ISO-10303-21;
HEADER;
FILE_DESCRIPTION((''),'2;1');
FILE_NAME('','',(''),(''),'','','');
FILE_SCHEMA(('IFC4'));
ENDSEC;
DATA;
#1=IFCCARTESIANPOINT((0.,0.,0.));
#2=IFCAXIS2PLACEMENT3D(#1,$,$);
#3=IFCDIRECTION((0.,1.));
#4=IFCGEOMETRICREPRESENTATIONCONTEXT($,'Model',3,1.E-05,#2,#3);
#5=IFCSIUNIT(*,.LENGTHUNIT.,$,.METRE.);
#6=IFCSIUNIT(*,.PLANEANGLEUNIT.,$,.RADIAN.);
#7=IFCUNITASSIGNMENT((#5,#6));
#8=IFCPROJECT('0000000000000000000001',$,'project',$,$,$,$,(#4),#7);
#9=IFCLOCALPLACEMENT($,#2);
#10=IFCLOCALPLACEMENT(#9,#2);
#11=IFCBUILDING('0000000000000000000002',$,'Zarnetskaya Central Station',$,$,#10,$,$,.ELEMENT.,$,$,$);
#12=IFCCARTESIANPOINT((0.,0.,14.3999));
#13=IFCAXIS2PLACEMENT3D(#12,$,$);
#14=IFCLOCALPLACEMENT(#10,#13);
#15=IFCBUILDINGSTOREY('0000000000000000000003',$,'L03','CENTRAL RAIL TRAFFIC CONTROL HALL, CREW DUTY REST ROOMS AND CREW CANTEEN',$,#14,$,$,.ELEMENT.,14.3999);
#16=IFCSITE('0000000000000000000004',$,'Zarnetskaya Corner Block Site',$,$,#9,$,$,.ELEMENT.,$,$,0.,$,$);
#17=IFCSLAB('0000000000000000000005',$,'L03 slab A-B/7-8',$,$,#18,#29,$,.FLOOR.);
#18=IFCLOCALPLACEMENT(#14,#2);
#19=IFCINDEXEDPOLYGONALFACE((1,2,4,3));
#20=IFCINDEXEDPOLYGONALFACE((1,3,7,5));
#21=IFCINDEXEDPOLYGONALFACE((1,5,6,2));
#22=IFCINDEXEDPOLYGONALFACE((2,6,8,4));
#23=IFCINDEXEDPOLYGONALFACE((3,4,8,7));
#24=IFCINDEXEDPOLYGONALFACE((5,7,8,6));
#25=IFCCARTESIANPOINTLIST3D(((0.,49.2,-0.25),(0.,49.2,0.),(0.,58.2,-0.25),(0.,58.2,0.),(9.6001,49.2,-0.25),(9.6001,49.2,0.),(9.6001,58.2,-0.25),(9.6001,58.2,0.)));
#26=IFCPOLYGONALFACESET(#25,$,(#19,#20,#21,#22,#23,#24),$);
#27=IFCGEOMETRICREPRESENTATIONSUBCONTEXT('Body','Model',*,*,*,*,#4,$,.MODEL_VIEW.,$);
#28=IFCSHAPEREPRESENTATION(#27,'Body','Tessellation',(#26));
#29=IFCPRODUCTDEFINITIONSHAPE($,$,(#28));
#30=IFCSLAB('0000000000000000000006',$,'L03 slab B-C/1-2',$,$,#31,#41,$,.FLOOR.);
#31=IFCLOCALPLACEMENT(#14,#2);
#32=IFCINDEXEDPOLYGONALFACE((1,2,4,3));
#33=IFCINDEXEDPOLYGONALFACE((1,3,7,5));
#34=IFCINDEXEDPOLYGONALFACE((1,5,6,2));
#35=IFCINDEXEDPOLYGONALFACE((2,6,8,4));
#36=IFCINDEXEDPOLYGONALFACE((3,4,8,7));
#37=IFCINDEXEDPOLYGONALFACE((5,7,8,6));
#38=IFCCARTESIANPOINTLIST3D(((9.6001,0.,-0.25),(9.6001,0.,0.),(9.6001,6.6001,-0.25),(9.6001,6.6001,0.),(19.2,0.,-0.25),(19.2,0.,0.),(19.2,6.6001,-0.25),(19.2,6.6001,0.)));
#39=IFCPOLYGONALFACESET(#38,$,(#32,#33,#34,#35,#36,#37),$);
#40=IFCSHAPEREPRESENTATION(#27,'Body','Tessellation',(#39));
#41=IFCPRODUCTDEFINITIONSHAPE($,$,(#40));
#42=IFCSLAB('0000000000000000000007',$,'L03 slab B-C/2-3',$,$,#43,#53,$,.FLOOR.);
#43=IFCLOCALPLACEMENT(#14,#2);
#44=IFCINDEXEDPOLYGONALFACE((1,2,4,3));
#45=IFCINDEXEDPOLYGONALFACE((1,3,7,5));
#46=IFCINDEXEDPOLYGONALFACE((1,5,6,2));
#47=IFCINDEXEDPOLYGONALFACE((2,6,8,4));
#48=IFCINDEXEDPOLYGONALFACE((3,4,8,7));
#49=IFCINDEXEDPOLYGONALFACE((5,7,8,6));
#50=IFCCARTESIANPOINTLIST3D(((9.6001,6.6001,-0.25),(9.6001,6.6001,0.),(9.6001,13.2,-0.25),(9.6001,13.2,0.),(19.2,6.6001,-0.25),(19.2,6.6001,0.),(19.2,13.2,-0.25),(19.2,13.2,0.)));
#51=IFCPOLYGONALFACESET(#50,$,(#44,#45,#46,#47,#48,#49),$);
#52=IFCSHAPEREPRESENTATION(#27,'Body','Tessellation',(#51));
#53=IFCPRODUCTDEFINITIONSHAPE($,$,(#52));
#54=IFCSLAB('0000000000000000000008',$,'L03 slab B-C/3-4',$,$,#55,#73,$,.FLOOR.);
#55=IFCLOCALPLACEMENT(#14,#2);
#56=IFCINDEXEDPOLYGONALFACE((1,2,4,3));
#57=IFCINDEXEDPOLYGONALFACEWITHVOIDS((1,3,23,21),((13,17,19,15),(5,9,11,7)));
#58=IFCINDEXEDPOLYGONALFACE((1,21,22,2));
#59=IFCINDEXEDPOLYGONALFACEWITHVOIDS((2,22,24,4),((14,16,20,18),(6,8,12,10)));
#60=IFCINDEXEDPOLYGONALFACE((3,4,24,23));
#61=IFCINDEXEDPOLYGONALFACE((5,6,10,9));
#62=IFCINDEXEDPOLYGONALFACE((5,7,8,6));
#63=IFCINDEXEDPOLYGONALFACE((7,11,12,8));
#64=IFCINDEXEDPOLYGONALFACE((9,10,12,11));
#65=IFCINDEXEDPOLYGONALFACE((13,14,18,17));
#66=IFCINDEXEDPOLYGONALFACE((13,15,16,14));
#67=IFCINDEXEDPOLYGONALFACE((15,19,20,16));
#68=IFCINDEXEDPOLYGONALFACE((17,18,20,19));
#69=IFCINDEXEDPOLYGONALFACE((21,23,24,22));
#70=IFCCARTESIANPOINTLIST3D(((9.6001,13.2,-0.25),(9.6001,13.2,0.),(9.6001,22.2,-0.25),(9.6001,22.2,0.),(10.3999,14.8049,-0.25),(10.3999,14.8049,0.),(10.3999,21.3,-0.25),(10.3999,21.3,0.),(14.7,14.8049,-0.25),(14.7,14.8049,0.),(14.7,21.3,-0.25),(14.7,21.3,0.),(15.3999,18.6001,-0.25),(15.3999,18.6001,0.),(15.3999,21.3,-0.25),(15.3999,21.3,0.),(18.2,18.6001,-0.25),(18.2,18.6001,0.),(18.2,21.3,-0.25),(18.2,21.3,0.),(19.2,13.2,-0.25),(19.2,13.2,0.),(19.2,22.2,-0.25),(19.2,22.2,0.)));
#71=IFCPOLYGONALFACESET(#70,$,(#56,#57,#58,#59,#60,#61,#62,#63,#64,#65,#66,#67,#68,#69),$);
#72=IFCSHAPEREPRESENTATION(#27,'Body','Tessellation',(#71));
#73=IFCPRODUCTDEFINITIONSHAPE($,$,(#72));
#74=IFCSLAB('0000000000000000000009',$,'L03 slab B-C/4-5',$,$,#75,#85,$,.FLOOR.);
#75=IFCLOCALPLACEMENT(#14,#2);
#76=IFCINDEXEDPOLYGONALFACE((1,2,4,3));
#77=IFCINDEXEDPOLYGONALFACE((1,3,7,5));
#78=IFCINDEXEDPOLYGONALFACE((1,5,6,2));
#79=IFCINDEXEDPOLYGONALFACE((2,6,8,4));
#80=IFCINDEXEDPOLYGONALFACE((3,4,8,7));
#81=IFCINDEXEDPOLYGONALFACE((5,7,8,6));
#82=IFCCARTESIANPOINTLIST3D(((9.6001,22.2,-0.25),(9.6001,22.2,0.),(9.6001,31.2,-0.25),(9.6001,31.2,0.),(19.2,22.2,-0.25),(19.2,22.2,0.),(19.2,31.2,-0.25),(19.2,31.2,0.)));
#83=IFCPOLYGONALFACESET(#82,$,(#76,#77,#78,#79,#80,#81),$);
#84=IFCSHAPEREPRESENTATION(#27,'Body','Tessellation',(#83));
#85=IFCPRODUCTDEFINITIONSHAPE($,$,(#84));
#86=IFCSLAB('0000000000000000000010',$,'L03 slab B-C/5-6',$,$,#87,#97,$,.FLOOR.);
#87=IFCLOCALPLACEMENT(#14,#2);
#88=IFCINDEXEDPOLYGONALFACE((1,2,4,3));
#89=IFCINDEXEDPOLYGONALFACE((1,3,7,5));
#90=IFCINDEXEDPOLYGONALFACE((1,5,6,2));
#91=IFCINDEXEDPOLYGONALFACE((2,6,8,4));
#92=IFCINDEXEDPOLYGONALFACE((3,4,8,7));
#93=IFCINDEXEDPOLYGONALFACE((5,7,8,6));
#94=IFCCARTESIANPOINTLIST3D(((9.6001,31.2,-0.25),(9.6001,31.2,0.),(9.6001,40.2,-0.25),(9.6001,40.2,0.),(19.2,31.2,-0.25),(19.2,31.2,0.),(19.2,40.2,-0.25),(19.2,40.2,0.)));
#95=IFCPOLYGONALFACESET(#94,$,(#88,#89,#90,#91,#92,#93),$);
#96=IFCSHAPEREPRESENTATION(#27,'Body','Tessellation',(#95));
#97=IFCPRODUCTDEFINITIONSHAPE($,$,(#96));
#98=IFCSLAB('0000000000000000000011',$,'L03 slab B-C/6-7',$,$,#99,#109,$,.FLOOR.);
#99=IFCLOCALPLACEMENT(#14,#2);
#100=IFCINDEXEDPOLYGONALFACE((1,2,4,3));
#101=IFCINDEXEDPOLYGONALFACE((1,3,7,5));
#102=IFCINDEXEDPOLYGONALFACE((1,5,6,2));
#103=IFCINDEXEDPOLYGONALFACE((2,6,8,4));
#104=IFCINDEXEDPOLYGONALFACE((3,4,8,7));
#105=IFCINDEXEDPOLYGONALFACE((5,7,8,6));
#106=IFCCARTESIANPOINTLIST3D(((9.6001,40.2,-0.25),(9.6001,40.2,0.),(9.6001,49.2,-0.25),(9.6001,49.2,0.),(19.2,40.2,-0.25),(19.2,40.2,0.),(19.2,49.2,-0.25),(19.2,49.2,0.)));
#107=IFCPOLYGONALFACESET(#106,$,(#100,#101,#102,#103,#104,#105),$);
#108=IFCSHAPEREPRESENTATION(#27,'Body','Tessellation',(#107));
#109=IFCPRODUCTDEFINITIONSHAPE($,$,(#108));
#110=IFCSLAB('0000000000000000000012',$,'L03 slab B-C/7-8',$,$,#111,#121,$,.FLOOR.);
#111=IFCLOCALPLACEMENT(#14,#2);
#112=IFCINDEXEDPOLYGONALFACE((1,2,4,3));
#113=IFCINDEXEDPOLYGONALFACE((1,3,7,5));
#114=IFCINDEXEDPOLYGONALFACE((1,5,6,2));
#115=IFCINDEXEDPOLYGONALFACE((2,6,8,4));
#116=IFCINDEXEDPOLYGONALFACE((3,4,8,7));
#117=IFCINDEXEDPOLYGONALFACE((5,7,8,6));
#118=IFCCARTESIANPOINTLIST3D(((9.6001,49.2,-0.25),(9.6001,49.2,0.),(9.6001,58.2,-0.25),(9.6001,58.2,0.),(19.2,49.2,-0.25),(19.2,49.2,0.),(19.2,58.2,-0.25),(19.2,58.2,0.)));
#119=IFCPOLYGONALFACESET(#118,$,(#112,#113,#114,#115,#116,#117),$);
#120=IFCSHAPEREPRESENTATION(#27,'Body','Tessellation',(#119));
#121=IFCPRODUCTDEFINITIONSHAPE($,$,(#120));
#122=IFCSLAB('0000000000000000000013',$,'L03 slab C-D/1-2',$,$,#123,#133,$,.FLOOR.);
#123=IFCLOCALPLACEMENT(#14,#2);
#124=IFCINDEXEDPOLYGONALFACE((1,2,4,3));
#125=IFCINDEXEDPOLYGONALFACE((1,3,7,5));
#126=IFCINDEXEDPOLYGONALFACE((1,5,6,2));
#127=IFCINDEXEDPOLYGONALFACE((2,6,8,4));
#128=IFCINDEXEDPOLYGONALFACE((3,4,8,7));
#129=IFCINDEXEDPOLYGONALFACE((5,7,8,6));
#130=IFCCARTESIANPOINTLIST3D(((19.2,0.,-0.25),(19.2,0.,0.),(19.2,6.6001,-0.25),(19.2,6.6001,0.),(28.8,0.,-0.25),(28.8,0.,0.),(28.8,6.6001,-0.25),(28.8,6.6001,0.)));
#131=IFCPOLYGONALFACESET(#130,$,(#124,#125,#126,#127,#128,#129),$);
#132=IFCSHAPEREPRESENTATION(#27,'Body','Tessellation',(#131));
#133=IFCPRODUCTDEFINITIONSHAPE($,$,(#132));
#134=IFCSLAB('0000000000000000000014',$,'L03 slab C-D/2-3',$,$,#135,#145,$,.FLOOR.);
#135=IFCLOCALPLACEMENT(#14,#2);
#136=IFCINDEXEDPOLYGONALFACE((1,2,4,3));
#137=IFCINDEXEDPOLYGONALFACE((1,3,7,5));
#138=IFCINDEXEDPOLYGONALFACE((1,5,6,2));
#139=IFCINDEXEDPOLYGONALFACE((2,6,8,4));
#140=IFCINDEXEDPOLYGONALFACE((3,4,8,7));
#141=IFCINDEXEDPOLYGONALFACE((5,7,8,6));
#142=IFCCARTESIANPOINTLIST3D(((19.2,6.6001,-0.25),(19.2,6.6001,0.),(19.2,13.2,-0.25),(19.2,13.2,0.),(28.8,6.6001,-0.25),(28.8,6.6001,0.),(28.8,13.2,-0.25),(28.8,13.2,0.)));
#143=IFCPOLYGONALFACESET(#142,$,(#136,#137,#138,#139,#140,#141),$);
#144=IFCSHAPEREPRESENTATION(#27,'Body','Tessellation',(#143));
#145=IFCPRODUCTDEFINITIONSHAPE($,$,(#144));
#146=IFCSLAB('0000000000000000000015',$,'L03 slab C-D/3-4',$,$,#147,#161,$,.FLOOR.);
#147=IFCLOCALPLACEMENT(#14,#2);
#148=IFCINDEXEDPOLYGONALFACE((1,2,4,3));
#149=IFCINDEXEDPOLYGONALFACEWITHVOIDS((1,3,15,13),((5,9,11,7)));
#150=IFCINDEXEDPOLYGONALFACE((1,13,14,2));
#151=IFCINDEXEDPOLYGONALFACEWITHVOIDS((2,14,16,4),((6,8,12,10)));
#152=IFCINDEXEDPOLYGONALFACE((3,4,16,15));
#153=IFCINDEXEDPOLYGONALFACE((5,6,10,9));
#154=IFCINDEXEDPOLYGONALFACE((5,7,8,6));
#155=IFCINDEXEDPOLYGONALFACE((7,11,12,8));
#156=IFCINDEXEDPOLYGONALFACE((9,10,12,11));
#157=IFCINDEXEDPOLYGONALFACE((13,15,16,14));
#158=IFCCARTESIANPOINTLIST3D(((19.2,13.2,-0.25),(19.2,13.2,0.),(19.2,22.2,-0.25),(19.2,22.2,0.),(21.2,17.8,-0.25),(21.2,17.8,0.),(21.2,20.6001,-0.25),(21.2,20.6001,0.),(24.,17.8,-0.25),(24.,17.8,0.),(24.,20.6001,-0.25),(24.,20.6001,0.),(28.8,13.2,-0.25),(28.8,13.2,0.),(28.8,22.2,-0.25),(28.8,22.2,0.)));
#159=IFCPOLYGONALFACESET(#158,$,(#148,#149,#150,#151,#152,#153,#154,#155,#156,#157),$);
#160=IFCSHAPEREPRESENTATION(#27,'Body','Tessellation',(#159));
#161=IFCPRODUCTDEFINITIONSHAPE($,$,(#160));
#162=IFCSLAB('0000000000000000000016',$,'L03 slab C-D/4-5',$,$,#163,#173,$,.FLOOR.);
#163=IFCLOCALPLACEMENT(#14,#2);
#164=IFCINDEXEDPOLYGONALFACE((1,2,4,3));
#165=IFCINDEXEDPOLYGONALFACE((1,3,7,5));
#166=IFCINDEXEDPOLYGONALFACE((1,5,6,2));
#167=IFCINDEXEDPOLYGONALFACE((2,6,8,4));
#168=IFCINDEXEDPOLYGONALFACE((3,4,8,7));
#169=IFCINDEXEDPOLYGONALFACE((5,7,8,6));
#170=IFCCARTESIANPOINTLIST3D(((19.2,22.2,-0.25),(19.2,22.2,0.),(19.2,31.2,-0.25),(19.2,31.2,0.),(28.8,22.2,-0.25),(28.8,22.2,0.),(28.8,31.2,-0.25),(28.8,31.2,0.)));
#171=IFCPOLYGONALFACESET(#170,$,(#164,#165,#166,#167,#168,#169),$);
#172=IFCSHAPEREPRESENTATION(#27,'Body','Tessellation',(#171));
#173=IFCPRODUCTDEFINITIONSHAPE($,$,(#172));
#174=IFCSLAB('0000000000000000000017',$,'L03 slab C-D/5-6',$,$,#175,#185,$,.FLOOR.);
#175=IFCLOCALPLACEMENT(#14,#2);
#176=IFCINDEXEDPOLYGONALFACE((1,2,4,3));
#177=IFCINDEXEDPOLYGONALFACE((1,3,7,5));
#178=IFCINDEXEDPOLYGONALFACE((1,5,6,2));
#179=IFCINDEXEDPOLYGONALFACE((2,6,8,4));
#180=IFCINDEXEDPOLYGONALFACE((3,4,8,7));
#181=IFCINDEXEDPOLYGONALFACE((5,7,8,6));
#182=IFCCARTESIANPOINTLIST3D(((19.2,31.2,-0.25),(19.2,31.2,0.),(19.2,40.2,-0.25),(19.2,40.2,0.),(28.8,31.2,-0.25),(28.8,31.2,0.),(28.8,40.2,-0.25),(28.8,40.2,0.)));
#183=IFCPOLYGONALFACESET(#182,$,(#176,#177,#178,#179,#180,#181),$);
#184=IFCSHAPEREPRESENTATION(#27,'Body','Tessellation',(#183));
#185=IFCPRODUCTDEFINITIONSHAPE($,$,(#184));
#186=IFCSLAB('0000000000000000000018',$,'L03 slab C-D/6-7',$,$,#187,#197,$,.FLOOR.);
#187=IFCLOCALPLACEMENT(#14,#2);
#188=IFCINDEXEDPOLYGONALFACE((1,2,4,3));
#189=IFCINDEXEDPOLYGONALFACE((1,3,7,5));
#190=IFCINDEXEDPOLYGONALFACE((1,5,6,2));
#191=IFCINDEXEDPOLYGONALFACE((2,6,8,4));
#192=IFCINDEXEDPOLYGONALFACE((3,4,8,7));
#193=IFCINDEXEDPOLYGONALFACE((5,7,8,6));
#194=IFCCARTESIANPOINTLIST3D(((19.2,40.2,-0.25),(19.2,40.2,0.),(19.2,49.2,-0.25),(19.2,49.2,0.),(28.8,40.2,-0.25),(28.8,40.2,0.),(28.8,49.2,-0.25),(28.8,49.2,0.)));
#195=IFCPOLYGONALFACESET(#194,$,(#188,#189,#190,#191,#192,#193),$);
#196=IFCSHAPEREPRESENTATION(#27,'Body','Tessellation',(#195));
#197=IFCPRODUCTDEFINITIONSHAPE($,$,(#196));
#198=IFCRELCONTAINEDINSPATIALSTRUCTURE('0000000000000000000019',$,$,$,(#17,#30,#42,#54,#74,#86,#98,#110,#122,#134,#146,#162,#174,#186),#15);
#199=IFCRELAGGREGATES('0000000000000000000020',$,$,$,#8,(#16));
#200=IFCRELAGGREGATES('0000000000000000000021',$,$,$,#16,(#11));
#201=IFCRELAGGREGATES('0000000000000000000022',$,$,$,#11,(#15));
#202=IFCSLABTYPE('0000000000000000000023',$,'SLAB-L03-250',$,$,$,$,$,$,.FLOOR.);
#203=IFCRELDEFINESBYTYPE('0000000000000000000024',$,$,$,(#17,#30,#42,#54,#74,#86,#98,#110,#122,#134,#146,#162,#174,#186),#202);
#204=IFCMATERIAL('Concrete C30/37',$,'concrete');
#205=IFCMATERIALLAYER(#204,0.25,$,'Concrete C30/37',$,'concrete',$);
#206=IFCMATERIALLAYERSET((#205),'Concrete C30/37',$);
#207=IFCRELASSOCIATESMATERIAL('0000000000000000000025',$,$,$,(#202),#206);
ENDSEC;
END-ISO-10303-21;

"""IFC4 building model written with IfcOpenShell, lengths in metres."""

from ifc_helpers import new_model, si_unit, direction, frame, origin, place, context, subcontext, project, spatial, polyline, outline, extrude, material, layer, layer_set, type_object, element, save


model = new_model("IFC4")

# Units and contexts
model_context = context("Model", 3, precision=1e-05, world=origin(), true_north=direction((0.0, 1.0)))
body_context = subcontext(model_context, "Body", "Model", "MODEL_VIEW")
ifc_project = project(units=[si_unit("LENGTHUNIT", "METRE"), si_unit("PLANEANGLEUNIT", "RADIAN")], contexts=[model_context])

# Site, building, storey
site_placement = place(None, origin())
site = spatial("IfcSite", under=ifc_project, at=site_placement, Name="Zarnetskaya Corner Block Site", CompositionType="ELEMENT", RefElevation=0.0)
building_placement = place(site_placement, origin())
building = spatial("IfcBuilding", under=site, at=building_placement, Name="Zarnetskaya Central Station", CompositionType="ELEMENT")
storey_placement = place(building_placement, frame((0.0, 0.0, 14.3999)))
storey = spatial("IfcBuildingStorey", under=building, at=storey_placement, Name="L03", Description="CENTRAL RAIL TRAFFIC CONTROL HALL, CREW DUTY REST ROOMS AND CREW CANTEEN", CompositionType="ELEMENT", Elevation=14.3999)

# Slabs
ifc_material_1 = material(Name="Concrete C30/37", Category="concrete")
ifc_layer = layer(ifc_material_1, 0.25, Name="Concrete C30/37", Category="concrete")
ifc_layer_set = layer_set([ifc_layer], Name="Concrete C30/37")
slab_type = type_object("IfcSlabType", Name="SLAB-L03-250", PredefinedType="FLOOR", material=ifc_layer_set)
slab_1_placement = place(storey_placement, frame((0.0, 0.0, -0.25)))
element("IfcSlab", 1, at=slab_1_placement, inside=storey, type_object=slab_type, Name="L03 slab A-B/7-8", PredefinedType="FLOOR", context=body_context, shape_type="SweptSolid", body=[
    extrude(outline(polyline([(0.0, 49.2), (9.6001, 49.2), (9.6001, 58.2), (0.0, 58.2), (0.0, 49.2)])), origin(), (0.0, 0.0, 1.0), 0.25),
])
slab_2_placement = place(storey_placement, frame((0.0, 0.0, -0.25)))
element("IfcSlab", 2, at=slab_2_placement, inside=storey, type_object=slab_type, Name="L03 slab B-C/1-2", PredefinedType="FLOOR", context=body_context, shape_type="SweptSolid", body=[
    extrude(outline(polyline([(9.6001, 0.0), (19.2, 0.0), (19.2, 6.6001), (9.6001, 6.6001), (9.6001, 0.0)])), origin(), (0.0, 0.0, 1.0), 0.25),
])
slab_3_placement = place(storey_placement, frame((0.0, 0.0, -0.25)))
element("IfcSlab", 3, at=slab_3_placement, inside=storey, type_object=slab_type, Name="L03 slab B-C/2-3", PredefinedType="FLOOR", context=body_context, shape_type="SweptSolid", body=[
    extrude(outline(polyline([(9.6001, 6.6001), (19.2, 6.6001), (19.2, 13.2), (9.6001, 13.2), (9.6001, 6.6001)])), origin(), (0.0, 0.0, 1.0), 0.25),
])
slab_4_placement = place(storey_placement, frame((0.0, 0.0, -0.25)))
element("IfcSlab", 4, at=slab_4_placement, inside=storey, type_object=slab_type, Name="L03 slab B-C/3-4", PredefinedType="FLOOR", context=body_context, shape_type="SweptSolid", body=[
    extrude(outline(polyline([(9.6001, 13.2), (19.2, 13.2), (19.2, 22.2), (9.6001, 22.2), (9.6001, 13.2)]), holes=[polyline([(10.3999, 14.8049), (14.7, 14.8049), (14.7, 21.3), (10.3999, 21.3), (10.3999, 14.8049)]), polyline([(15.3999, 18.6001), (18.2, 18.6001), (18.2, 21.3), (15.3999, 21.3), (15.3999, 18.6001)])]), origin(), (0.0, 0.0, 1.0), 0.25),
])
slab_5_placement = place(storey_placement, frame((0.0, 0.0, -0.25)))
element("IfcSlab", 5, at=slab_5_placement, inside=storey, type_object=slab_type, Name="L03 slab B-C/4-5", PredefinedType="FLOOR", context=body_context, shape_type="SweptSolid", body=[
    extrude(outline(polyline([(9.6001, 22.2), (19.2, 22.2), (19.2, 31.2), (9.6001, 31.2), (9.6001, 22.2)])), origin(), (0.0, 0.0, 1.0), 0.25),
])
slab_6_placement = place(storey_placement, frame((0.0, 0.0, -0.25)))
element("IfcSlab", 6, at=slab_6_placement, inside=storey, type_object=slab_type, Name="L03 slab B-C/5-6", PredefinedType="FLOOR", context=body_context, shape_type="SweptSolid", body=[
    extrude(outline(polyline([(9.6001, 31.2), (19.2, 31.2), (19.2, 40.2), (9.6001, 40.2), (9.6001, 31.2)])), origin(), (0.0, 0.0, 1.0), 0.25),
])
slab_7_placement = place(storey_placement, frame((0.0, 0.0, -0.25)))
element("IfcSlab", 7, at=slab_7_placement, inside=storey, type_object=slab_type, Name="L03 slab B-C/6-7", PredefinedType="FLOOR", context=body_context, shape_type="SweptSolid", body=[
    extrude(outline(polyline([(9.6001, 40.2), (19.2, 40.2), (19.2, 49.2), (9.6001, 49.2), (9.6001, 40.2)])), origin(), (0.0, 0.0, 1.0), 0.25),
])
slab_8_placement = place(storey_placement, frame((0.0, 0.0, -0.25)))
element("IfcSlab", 8, at=slab_8_placement, inside=storey, type_object=slab_type, Name="L03 slab B-C/7-8", PredefinedType="FLOOR", context=body_context, shape_type="SweptSolid", body=[
    extrude(outline(polyline([(9.6001, 49.2), (19.2, 49.2), (19.2, 58.2), (9.6001, 58.2), (9.6001, 49.2)])), origin(), (0.0, 0.0, 1.0), 0.25),
])
slab_9_placement = place(storey_placement, frame((0.0, 0.0, -0.25)))
element("IfcSlab", 9, at=slab_9_placement, inside=storey, type_object=slab_type, Name="L03 slab C-D/1-2", PredefinedType="FLOOR", context=body_context, shape_type="SweptSolid", body=[
    extrude(outline(polyline([(19.2, 0.0), (28.8, 0.0), (28.8, 6.6001), (19.2, 6.6001), (19.2, 0.0)])), origin(), (0.0, 0.0, 1.0), 0.25),
])
slab_10_placement = place(storey_placement, frame((0.0, 0.0, -0.25)))
element("IfcSlab", 10, at=slab_10_placement, inside=storey, type_object=slab_type, Name="L03 slab C-D/2-3", PredefinedType="FLOOR", context=body_context, shape_type="SweptSolid", body=[
    extrude(outline(polyline([(19.2, 6.6001), (28.8, 6.6001), (28.8, 13.2), (19.2, 13.2), (19.2, 6.6001)])), origin(), (0.0, 0.0, 1.0), 0.25),
])
slab_11_placement = place(storey_placement, frame((0.0, 0.0, -0.25)))
element("IfcSlab", 11, at=slab_11_placement, inside=storey, type_object=slab_type, Name="L03 slab C-D/3-4", PredefinedType="FLOOR", context=body_context, shape_type="SweptSolid", body=[
    extrude(outline(polyline([(19.2, 13.2), (28.8, 13.2), (28.8, 22.2), (19.2, 22.2), (19.2, 13.2)]), holes=[polyline([(21.2, 17.8), (24.0, 17.8), (24.0, 20.6001), (21.2, 20.6001), (21.2, 17.8)])]), origin(), (0.0, 0.0, 1.0), 0.25),
])
slab_12_placement = place(storey_placement, frame((0.0, 0.0, -0.25)))
element("IfcSlab", 12, at=slab_12_placement, inside=storey, type_object=slab_type, Name="L03 slab C-D/4-5", PredefinedType="FLOOR", context=body_context, shape_type="SweptSolid", body=[
    extrude(outline(polyline([(19.2, 22.2), (28.8, 22.2), (28.8, 31.2), (19.2, 31.2), (19.2, 22.2)])), origin(), (0.0, 0.0, 1.0), 0.25),
])
slab_13_placement = place(storey_placement, frame((0.0, 0.0, -0.25)))
element("IfcSlab", 13, at=slab_13_placement, inside=storey, type_object=slab_type, Name="L03 slab C-D/5-6", PredefinedType="FLOOR", context=body_context, shape_type="SweptSolid", body=[
    extrude(outline(polyline([(19.2, 31.2), (28.8, 31.2), (28.8, 40.2), (19.2, 40.2), (19.2, 31.2)])), origin(), (0.0, 0.0, 1.0), 0.25),
])
slab_14_placement = place(storey_placement, frame((0.0, 0.0, -0.25)))
element("IfcSlab", 14, at=slab_14_placement, inside=storey, type_object=slab_type, Name="L03 slab C-D/6-7", PredefinedType="FLOOR", context=body_context, shape_type="SweptSolid", body=[
    extrude(outline(polyline([(19.2, 40.2), (28.8, 40.2), (28.8, 49.2), (19.2, 49.2), (19.2, 40.2)])), origin(), (0.0, 0.0, 1.0), 0.25),
])

save(model, "model.ifc")
